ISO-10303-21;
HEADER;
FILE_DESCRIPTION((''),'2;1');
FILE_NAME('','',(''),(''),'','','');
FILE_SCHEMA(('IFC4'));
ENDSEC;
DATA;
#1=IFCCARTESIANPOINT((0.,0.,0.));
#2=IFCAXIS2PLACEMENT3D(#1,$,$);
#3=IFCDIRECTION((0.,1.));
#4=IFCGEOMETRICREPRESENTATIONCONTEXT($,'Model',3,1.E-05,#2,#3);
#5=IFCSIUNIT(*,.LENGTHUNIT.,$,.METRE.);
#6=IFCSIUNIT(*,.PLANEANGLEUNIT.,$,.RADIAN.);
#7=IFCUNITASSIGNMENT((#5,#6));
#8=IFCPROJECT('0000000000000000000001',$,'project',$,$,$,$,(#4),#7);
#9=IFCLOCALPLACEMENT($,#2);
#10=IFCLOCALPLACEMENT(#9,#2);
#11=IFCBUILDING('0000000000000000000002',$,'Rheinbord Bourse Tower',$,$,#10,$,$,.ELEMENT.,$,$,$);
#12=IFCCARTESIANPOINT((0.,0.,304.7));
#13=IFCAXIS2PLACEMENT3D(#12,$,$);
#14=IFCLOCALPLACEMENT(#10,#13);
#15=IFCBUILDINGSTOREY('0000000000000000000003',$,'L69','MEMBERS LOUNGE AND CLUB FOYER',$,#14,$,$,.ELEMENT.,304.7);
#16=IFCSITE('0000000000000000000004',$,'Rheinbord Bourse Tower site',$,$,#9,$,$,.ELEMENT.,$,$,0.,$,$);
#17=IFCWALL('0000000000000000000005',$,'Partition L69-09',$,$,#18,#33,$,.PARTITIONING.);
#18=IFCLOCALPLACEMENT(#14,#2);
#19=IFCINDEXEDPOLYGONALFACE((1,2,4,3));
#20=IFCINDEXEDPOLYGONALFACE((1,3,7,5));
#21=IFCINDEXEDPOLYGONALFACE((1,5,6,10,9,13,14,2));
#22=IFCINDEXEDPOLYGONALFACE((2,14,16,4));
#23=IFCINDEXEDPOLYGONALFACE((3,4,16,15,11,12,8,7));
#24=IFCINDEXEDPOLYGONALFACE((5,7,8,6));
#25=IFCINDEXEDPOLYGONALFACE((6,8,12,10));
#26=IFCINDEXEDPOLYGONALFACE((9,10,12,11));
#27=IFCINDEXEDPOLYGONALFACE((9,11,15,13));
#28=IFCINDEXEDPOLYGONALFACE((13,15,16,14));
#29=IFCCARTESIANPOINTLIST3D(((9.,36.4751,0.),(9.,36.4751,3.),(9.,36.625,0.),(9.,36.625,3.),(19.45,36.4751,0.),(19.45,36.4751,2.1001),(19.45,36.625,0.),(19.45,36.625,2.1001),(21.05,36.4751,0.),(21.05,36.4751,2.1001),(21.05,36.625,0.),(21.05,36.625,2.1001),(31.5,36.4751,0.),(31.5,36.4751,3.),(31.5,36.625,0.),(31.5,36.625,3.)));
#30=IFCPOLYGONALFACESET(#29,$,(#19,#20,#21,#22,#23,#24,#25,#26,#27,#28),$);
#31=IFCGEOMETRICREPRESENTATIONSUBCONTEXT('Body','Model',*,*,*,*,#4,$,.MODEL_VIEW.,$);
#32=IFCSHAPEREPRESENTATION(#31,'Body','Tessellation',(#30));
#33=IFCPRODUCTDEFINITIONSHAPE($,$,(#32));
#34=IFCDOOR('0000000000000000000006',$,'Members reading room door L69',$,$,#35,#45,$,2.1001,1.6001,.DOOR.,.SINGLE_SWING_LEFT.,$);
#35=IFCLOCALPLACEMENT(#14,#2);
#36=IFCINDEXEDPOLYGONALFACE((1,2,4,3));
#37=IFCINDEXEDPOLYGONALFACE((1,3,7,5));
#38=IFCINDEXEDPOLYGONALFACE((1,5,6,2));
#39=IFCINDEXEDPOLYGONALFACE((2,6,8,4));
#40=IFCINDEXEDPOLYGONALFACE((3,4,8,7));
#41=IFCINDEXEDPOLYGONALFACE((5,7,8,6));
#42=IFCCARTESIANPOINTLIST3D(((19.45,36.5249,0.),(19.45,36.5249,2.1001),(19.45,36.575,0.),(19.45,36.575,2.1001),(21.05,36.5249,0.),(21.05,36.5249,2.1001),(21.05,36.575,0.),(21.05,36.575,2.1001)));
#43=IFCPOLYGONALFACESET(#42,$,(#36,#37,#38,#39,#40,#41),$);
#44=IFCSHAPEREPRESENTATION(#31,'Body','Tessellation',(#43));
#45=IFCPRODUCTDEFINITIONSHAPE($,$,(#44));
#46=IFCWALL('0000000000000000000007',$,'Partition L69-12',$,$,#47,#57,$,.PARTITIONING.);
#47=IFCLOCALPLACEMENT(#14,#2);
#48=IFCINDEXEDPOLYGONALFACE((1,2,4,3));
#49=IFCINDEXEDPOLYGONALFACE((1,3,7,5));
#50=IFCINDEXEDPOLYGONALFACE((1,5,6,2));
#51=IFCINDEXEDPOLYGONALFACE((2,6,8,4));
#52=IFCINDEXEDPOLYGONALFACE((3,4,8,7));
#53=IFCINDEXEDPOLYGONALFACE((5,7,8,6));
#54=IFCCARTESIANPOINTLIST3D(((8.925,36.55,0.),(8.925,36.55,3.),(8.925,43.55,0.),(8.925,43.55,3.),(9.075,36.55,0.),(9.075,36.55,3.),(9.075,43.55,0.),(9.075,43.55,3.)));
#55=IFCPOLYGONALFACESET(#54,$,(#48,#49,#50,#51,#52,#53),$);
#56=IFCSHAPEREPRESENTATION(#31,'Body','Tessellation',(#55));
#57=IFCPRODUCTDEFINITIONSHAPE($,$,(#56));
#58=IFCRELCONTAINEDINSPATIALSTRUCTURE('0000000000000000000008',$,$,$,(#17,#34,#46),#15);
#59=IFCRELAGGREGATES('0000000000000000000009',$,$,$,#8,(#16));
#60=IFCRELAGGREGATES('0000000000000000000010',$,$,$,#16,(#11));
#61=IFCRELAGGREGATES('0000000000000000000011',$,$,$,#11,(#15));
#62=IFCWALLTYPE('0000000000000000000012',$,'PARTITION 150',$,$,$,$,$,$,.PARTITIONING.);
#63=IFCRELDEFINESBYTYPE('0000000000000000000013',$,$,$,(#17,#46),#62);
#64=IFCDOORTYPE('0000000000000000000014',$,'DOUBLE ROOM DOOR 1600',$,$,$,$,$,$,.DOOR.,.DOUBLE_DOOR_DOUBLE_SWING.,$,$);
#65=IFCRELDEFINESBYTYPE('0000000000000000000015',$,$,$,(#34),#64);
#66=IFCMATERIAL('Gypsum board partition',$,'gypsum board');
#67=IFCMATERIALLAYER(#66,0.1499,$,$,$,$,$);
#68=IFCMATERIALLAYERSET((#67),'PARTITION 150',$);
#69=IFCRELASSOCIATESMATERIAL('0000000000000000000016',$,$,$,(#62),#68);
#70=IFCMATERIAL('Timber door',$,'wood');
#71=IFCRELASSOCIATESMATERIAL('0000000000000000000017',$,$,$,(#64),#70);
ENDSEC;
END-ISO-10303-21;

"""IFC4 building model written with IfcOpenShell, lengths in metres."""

from ifc_helpers import new_model, si_unit, direction, frame, frame_2d, origin, place, context, subcontext, project, spatial, rectangle, extrude, material, layer, layer_set, type_object, element, fill, save


model = new_model("IFC4")

# Units and contexts
model_context = context("Model", 3, precision=1e-05, world=origin(), true_north=direction((0.0, 1.0)))
body_context = subcontext(model_context, "Body", "Model", "MODEL_VIEW")
ifc_project = project(units=[si_unit("LENGTHUNIT", "METRE"), si_unit("PLANEANGLEUNIT", "RADIAN")], contexts=[model_context])

# Site, building, storey
site_placement = place(None, origin())
site = spatial("IfcSite", under=ifc_project, at=site_placement, Name="Rheinbord Bourse Tower site", CompositionType="ELEMENT", RefElevation=0.0)
building_placement = place(site_placement, origin())
building = spatial("IfcBuilding", under=site, at=building_placement, Name="Rheinbord Bourse Tower", CompositionType="ELEMENT")
storey_placement = place(building_placement, frame((0.0, 0.0, 304.7)))
storey = spatial("IfcBuildingStorey", under=building, at=storey_placement, Name="L69", Description="MEMBERS LOUNGE AND CLUB FOYER", CompositionType="ELEMENT", Elevation=304.7)

# Wall, opening, door
ifc_material_1 = material(Name="Gypsum board partition", Category="gypsum board")
ifc_layer_1 = layer(ifc_material_1, 0.1499)
ifc_layer_set_1 = layer_set([ifc_layer_1], Name="PARTITION 150")
wall_type = type_object("IfcWallType", Name="PARTITION 150", PredefinedType="PARTITIONING", material=ifc_layer_set_1)
wall_1_placement = place(storey_placement, frame((9.0, 36.55, 0.0), z_axis=(0.0, 0.0, 1.0), x_axis=(1.0, 0.0, 0.0)))
wall_1 = element("IfcWall", 1, at=wall_1_placement, inside=storey, type_object=wall_type, Name="Partition L69-09", PredefinedType="PARTITIONING", context=body_context, shape_type="SweptSolid", body=[
    extrude(rectangle(XDim=22.5, YDim=0.1499, at=frame_2d((11.25, 0.0))), origin(), (0.0, 0.0, 1.0), 3.0),
])
opening_placement = place(wall_1_placement, frame((10.45, 0.0, 0.0)))
opening = element("IfcOpeningElement", 2, at=opening_placement, cuts=wall_1, PredefinedType="OPENING", context=body_context, shape_type="SweptSolid", body=[
    extrude(rectangle(XDim=1.6001, YDim=2.1001, at=frame_2d((0.8, 1.05))), frame((0.0, 0.085, 0.0), z_axis=(0.0, -1.0, 0.0), x_axis=(1.0, 0.0, 0.0)), (0.0, 0.0, 1.0), 0.1699),
])
ifc_material_2 = material(Name="Timber door", Category="wood")
door_type = type_object("IfcDoorType", Name="DOUBLE ROOM DOOR 1600", OperationType="DOUBLE_DOOR_DOUBLE_SWING", PredefinedType="DOOR", material=ifc_material_2)
door_placement = place(opening_placement, origin())
door = element("IfcDoor", 3, at=door_placement, inside=storey, type_object=door_type, Name="Members reading room door L69", OperationType="SINGLE_SWING_LEFT", OverallHeight=2.1001, OverallWidth=1.6001, PredefinedType="DOOR", context=body_context, shape_type="SweptSolid", body=[
    extrude(rectangle(XDim=1.6001, YDim=2.1001, at=frame_2d((0.8, 1.05))), frame((0.0, 0.0249, 0.0), z_axis=(0.0, -1.0, 0.0), x_axis=(1.0, 0.0, 0.0)), (0.0, 0.0, 1.0), 0.05),
])
fill(opening, door)

# Wall
wall_2_placement = place(storey_placement, frame((9.0, 36.55, 0.0), z_axis=(0.0, 0.0, 1.0), x_axis=(0.0, 1.0, 0.0)))
element("IfcWall", 4, at=wall_2_placement, inside=storey, type_object=wall_type, Name="Partition L69-12", PredefinedType="PARTITIONING", context=body_context, shape_type="SweptSolid", body=[
    extrude(rectangle(XDim=7.0, YDim=0.1499, at=frame_2d((3.5, 0.0))), origin(), (0.0, 0.0, 1.0), 3.0),
])

save(model, "model.ifc")
